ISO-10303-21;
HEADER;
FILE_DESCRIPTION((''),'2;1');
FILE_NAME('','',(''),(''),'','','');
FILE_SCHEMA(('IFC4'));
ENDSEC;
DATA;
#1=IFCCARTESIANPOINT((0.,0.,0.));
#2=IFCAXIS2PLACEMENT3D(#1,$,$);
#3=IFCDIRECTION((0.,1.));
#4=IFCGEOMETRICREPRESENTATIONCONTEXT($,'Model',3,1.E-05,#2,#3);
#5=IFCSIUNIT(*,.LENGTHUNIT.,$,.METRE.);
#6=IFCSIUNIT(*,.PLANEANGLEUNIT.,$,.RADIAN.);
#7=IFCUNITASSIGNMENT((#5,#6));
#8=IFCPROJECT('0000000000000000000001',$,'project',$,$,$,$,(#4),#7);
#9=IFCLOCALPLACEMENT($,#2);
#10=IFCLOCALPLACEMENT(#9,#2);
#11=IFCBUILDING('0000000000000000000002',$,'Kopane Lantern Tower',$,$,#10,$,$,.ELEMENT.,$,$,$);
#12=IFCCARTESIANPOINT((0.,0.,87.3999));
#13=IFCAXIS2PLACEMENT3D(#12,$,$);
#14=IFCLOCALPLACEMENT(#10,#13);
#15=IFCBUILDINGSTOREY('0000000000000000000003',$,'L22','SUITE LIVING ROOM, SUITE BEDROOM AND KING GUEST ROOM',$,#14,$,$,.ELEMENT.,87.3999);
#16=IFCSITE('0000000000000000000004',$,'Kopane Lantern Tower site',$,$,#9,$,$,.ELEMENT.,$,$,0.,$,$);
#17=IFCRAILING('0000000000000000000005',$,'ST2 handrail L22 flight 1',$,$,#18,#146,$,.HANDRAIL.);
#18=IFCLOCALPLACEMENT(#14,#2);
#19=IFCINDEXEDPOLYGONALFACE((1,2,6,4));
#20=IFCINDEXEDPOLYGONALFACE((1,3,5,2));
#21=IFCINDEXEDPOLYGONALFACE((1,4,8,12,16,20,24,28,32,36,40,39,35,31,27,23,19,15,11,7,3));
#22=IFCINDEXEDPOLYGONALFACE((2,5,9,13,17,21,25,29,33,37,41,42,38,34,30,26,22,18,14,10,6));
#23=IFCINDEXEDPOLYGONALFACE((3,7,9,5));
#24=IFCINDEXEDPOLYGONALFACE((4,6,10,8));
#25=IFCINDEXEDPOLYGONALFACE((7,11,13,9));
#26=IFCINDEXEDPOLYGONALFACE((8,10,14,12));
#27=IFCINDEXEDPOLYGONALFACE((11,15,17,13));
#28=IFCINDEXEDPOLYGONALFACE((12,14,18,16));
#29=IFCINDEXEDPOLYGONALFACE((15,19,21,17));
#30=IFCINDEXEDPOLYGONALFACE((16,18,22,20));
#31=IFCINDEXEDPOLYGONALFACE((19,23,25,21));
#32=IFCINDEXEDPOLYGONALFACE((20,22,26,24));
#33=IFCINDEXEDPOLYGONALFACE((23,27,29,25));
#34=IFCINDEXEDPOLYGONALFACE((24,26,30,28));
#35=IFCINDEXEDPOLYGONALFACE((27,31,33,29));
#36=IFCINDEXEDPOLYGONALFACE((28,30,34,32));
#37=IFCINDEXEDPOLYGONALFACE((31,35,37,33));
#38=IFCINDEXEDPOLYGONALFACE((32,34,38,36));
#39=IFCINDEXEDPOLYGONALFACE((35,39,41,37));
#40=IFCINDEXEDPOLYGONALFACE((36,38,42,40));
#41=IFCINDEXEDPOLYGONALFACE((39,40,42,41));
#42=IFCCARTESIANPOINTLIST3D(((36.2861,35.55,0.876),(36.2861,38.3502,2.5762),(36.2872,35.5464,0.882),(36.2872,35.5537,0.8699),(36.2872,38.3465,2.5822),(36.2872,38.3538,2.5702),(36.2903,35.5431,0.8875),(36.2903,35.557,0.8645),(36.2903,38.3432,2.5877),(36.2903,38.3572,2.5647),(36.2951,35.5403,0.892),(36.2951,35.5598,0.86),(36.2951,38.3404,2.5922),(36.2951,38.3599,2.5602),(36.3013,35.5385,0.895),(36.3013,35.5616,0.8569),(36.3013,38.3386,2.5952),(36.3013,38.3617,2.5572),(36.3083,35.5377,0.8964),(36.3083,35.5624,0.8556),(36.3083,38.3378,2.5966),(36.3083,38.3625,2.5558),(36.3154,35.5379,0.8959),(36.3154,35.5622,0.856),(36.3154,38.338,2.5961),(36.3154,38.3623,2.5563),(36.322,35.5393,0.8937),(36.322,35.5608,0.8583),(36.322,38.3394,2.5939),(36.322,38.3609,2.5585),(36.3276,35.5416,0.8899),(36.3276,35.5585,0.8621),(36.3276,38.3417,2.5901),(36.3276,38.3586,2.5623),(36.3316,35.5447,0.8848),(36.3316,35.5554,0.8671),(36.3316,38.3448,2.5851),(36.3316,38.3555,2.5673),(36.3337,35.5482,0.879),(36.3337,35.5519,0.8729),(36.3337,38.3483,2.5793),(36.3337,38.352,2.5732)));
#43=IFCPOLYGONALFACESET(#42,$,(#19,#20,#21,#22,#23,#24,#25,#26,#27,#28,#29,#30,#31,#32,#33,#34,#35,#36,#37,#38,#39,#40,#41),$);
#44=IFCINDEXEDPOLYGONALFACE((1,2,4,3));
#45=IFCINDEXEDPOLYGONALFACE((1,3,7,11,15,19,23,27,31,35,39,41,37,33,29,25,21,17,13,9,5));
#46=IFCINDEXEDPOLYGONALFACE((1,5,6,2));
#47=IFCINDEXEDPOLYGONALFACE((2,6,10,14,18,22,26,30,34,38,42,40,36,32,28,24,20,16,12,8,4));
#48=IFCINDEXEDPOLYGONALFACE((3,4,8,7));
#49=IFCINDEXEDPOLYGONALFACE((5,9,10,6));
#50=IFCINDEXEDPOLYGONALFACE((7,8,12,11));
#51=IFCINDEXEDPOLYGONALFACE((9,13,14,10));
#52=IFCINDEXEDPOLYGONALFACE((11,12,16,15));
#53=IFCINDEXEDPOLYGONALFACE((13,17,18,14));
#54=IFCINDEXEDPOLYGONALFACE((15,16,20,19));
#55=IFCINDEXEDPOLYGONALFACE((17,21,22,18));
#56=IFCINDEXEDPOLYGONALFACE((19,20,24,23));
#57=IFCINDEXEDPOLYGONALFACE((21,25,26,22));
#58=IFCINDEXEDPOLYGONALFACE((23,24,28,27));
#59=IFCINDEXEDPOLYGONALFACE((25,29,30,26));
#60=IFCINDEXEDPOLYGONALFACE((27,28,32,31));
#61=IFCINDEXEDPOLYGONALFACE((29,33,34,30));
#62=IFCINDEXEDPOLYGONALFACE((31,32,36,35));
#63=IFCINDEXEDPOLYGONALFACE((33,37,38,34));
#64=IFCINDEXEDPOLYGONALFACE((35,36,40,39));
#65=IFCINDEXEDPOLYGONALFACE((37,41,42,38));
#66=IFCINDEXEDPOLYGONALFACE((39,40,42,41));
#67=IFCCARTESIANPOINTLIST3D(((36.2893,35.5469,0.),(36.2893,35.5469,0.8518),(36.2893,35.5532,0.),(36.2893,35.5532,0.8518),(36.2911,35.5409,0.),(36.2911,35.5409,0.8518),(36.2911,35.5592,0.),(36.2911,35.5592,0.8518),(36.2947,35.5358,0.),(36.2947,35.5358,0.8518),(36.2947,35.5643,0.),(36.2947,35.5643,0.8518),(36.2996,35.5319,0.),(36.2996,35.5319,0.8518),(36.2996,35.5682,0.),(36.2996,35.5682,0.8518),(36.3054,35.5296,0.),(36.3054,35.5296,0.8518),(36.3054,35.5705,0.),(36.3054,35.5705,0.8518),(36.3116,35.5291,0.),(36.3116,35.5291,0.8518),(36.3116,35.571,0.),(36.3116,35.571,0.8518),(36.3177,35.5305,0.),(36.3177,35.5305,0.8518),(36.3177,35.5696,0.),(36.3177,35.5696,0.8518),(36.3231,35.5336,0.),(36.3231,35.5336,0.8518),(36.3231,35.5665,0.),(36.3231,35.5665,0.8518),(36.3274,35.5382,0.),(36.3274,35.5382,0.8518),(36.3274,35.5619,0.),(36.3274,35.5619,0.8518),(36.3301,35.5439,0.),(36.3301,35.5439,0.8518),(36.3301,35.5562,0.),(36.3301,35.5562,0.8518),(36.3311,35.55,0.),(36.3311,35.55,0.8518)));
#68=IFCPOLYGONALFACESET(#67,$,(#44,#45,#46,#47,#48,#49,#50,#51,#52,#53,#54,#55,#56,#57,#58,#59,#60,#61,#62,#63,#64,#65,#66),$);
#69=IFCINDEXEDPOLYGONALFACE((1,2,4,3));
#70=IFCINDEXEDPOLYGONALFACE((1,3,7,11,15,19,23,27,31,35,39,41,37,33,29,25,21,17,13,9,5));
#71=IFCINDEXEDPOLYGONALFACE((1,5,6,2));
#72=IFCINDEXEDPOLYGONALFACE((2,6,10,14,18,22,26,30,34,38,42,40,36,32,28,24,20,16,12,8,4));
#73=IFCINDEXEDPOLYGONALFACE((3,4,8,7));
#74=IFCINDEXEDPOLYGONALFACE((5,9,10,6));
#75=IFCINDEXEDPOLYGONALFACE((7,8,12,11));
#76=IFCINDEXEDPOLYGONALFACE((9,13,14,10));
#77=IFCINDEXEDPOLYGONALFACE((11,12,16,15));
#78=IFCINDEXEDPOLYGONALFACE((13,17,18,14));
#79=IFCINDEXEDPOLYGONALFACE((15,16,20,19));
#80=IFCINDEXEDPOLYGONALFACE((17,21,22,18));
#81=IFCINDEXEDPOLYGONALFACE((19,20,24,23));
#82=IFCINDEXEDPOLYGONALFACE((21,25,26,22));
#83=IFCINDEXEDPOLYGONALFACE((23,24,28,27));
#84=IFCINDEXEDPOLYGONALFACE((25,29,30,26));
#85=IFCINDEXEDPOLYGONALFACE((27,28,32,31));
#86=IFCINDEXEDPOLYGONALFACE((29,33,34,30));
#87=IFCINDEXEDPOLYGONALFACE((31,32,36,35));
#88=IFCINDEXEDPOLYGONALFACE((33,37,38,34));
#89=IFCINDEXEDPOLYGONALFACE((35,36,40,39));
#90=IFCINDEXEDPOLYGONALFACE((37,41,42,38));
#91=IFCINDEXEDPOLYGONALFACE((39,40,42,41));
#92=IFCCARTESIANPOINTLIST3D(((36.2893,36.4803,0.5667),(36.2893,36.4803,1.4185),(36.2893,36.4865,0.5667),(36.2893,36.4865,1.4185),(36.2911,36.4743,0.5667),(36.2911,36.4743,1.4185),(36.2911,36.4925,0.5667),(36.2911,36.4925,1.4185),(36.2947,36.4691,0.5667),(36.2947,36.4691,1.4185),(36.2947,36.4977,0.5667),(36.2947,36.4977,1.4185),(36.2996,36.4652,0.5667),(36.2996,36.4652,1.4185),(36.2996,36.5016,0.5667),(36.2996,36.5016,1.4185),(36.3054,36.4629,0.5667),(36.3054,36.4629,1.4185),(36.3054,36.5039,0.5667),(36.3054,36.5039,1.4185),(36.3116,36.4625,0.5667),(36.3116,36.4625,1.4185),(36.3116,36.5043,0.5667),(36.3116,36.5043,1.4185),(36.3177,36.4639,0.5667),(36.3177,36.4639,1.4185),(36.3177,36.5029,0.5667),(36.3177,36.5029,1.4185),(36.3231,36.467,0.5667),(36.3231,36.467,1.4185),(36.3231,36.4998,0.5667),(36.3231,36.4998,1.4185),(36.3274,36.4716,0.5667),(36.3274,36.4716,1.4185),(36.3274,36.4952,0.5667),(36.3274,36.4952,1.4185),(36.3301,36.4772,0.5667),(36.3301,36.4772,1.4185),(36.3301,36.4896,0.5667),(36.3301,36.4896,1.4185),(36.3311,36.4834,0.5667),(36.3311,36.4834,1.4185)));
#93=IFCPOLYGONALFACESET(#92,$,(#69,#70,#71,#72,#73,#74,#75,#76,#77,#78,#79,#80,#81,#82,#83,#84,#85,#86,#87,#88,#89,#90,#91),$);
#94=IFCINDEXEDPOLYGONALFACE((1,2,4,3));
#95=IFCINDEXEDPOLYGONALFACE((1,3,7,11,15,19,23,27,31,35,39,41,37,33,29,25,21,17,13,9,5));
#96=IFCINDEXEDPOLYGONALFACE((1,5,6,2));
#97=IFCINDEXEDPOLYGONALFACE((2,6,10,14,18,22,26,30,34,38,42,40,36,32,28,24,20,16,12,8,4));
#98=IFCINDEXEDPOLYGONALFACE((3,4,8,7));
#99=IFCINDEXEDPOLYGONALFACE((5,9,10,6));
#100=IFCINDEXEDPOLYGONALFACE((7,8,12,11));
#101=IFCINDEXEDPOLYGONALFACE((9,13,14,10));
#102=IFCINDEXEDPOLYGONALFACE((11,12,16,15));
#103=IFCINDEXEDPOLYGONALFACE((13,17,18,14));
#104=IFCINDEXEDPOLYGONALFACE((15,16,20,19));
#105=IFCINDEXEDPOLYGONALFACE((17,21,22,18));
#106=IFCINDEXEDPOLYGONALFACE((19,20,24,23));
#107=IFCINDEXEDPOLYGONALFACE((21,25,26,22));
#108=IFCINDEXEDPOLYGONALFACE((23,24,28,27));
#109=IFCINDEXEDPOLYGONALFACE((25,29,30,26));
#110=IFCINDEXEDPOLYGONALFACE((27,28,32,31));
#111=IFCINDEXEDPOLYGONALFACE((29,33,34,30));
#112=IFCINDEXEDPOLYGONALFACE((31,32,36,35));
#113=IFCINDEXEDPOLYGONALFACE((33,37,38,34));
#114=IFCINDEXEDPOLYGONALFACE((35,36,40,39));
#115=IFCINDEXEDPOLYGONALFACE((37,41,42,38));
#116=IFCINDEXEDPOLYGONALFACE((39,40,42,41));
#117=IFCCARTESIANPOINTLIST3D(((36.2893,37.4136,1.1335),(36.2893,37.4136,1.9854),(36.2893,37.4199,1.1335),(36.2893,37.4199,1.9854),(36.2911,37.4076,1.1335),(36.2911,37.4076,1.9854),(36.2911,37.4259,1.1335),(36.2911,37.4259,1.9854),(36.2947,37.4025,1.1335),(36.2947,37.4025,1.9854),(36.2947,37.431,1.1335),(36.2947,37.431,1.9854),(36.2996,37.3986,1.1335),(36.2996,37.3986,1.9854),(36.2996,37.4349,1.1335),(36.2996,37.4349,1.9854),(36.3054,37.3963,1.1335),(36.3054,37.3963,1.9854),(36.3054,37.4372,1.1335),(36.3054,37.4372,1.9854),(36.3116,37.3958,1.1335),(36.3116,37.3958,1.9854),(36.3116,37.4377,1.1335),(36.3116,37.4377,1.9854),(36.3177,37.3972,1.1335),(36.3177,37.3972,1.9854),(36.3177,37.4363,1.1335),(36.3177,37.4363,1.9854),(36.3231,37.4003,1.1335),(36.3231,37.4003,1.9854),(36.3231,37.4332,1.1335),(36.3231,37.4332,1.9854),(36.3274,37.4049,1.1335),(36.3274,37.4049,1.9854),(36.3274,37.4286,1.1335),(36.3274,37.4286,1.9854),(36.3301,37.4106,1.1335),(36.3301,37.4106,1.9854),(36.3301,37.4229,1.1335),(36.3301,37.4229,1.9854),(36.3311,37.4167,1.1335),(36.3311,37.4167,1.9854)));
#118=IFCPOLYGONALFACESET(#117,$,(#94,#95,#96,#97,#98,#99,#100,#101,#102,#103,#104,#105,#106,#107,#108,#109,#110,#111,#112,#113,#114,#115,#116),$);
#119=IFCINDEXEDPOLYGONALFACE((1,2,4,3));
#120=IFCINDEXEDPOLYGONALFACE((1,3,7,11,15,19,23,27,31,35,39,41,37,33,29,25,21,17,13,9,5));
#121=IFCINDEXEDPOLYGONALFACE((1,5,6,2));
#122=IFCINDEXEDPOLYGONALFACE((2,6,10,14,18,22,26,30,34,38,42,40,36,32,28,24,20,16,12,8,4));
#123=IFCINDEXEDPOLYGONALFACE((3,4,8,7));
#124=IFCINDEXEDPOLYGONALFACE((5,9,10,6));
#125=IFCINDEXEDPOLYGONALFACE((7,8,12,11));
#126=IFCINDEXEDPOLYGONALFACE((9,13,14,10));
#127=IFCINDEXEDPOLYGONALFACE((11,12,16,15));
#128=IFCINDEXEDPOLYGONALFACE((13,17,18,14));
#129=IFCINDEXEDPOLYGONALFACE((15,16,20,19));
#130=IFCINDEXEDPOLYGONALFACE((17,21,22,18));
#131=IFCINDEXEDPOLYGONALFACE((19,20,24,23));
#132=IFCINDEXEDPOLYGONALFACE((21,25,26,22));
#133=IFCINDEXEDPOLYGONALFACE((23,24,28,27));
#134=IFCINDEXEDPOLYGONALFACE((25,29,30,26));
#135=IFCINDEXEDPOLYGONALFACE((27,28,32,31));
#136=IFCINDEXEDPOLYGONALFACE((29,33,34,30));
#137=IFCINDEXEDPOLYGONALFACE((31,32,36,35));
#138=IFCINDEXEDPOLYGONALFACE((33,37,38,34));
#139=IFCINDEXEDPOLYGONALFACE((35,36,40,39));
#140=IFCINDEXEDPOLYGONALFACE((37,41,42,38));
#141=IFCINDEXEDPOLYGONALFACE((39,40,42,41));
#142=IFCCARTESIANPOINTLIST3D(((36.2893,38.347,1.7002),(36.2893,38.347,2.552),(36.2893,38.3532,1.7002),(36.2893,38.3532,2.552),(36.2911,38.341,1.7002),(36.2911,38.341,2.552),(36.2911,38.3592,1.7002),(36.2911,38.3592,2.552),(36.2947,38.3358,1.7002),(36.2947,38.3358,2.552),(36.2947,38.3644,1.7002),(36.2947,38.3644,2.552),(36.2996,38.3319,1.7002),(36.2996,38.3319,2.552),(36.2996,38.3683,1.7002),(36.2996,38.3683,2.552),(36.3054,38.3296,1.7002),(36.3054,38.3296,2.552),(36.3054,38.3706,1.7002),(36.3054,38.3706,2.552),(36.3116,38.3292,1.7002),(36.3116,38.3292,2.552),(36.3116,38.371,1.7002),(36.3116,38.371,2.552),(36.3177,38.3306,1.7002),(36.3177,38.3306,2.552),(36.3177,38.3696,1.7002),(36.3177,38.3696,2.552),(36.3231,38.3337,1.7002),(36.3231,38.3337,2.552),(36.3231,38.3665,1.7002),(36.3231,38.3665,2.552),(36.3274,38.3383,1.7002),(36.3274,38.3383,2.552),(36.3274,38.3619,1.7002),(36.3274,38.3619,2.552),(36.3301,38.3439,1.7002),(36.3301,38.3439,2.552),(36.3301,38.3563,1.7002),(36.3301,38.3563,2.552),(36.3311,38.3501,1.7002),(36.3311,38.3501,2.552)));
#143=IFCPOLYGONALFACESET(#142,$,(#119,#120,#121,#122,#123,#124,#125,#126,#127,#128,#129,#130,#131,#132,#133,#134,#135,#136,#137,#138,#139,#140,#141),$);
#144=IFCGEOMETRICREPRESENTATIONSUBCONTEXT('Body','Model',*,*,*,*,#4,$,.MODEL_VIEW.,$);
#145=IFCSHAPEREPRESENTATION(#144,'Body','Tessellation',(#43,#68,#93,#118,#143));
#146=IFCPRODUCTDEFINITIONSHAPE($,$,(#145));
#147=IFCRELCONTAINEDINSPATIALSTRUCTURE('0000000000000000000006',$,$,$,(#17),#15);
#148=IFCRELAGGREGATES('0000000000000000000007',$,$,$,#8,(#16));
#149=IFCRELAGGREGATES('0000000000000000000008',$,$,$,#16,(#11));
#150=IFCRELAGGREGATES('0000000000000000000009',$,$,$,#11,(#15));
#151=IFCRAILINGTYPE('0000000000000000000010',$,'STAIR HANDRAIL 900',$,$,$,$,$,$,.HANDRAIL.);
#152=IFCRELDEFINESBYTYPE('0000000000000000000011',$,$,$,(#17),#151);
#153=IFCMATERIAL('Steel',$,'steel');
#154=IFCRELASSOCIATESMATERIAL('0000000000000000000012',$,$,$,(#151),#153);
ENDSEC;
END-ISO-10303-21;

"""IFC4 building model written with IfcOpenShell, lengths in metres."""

from ifc_helpers import new_model, si_unit, direction, frame, origin, origin_2d, place, context, subcontext, project, spatial, circle, extrude, material, type_object, element, save


model = new_model("IFC4")

# Units and contexts
model_context = context("Model", 3, precision=1e-05, world=origin(), true_north=direction((0.0, 1.0)))
body_context = subcontext(model_context, "Body", "Model", "MODEL_VIEW")
ifc_project = project(units=[si_unit("LENGTHUNIT", "METRE"), si_unit("PLANEANGLEUNIT", "RADIAN")], contexts=[model_context])

# Site, building, storey
site_placement = place(None, origin())
site = spatial("IfcSite", under=ifc_project, at=site_placement, Name="Kopane Lantern Tower site", CompositionType="ELEMENT", RefElevation=0.0)
building_placement = place(site_placement, origin())
building = spatial("IfcBuilding", under=site, at=building_placement, Name="Kopane Lantern Tower", CompositionType="ELEMENT")
storey_placement = place(building_placement, frame((0.0, 0.0, 87.3999)))
storey = spatial("IfcBuildingStorey", under=building, at=storey_placement, Name="L22", Description="SUITE LIVING ROOM, SUITE BEDROOM AND KING GUEST ROOM", CompositionType="ELEMENT", Elevation=87.3999)

# Railing
ifc_material_1 = material(Name="Steel", Category="steel")
railing_type_1 = type_object("IfcRailingType", Name="STAIR HANDRAIL 900", PredefinedType="HANDRAIL", material=ifc_material_1)
for number, where, name in (
    (1, (36.3101, 35.55, 0.0), "ST2 handrail L22 flight 1"),
):
    element("IfcRailing", number, at=place(storey_placement, frame(where)), inside=storey, type_object=railing_type_1, Name=name, PredefinedType="HANDRAIL", context=body_context, shape_type="SweptSolid", body=[
        extrude(circle(Radius=0.0239, at=origin_2d()), frame((0.0, 0.0, 0.876), z_axis=(0.0, 0.854765, 0.519015), x_axis=(-1.0, 0.0, 0.0)), (0.0, 0.0, 1.0), 3.2759),
        extrude(circle(Radius=0.021, at=origin_2d()), origin(), (0.0, 0.0, 1.0), 0.8518),
        extrude(circle(Radius=0.021, at=origin_2d()), frame((0.0, 0.9333, 0.5667)), (0.0, 0.0, 1.0), 0.8518),
        extrude(circle(Radius=0.021, at=origin_2d()), frame((0.0, 1.8667, 1.1335)), (0.0, 0.0, 1.0), 0.8518),
        extrude(circle(Radius=0.021, at=origin_2d()), frame((0.0, 2.8, 1.7002)), (0.0, 0.0, 1.0), 0.8518),
    ])

save(model, "model.ifc")
